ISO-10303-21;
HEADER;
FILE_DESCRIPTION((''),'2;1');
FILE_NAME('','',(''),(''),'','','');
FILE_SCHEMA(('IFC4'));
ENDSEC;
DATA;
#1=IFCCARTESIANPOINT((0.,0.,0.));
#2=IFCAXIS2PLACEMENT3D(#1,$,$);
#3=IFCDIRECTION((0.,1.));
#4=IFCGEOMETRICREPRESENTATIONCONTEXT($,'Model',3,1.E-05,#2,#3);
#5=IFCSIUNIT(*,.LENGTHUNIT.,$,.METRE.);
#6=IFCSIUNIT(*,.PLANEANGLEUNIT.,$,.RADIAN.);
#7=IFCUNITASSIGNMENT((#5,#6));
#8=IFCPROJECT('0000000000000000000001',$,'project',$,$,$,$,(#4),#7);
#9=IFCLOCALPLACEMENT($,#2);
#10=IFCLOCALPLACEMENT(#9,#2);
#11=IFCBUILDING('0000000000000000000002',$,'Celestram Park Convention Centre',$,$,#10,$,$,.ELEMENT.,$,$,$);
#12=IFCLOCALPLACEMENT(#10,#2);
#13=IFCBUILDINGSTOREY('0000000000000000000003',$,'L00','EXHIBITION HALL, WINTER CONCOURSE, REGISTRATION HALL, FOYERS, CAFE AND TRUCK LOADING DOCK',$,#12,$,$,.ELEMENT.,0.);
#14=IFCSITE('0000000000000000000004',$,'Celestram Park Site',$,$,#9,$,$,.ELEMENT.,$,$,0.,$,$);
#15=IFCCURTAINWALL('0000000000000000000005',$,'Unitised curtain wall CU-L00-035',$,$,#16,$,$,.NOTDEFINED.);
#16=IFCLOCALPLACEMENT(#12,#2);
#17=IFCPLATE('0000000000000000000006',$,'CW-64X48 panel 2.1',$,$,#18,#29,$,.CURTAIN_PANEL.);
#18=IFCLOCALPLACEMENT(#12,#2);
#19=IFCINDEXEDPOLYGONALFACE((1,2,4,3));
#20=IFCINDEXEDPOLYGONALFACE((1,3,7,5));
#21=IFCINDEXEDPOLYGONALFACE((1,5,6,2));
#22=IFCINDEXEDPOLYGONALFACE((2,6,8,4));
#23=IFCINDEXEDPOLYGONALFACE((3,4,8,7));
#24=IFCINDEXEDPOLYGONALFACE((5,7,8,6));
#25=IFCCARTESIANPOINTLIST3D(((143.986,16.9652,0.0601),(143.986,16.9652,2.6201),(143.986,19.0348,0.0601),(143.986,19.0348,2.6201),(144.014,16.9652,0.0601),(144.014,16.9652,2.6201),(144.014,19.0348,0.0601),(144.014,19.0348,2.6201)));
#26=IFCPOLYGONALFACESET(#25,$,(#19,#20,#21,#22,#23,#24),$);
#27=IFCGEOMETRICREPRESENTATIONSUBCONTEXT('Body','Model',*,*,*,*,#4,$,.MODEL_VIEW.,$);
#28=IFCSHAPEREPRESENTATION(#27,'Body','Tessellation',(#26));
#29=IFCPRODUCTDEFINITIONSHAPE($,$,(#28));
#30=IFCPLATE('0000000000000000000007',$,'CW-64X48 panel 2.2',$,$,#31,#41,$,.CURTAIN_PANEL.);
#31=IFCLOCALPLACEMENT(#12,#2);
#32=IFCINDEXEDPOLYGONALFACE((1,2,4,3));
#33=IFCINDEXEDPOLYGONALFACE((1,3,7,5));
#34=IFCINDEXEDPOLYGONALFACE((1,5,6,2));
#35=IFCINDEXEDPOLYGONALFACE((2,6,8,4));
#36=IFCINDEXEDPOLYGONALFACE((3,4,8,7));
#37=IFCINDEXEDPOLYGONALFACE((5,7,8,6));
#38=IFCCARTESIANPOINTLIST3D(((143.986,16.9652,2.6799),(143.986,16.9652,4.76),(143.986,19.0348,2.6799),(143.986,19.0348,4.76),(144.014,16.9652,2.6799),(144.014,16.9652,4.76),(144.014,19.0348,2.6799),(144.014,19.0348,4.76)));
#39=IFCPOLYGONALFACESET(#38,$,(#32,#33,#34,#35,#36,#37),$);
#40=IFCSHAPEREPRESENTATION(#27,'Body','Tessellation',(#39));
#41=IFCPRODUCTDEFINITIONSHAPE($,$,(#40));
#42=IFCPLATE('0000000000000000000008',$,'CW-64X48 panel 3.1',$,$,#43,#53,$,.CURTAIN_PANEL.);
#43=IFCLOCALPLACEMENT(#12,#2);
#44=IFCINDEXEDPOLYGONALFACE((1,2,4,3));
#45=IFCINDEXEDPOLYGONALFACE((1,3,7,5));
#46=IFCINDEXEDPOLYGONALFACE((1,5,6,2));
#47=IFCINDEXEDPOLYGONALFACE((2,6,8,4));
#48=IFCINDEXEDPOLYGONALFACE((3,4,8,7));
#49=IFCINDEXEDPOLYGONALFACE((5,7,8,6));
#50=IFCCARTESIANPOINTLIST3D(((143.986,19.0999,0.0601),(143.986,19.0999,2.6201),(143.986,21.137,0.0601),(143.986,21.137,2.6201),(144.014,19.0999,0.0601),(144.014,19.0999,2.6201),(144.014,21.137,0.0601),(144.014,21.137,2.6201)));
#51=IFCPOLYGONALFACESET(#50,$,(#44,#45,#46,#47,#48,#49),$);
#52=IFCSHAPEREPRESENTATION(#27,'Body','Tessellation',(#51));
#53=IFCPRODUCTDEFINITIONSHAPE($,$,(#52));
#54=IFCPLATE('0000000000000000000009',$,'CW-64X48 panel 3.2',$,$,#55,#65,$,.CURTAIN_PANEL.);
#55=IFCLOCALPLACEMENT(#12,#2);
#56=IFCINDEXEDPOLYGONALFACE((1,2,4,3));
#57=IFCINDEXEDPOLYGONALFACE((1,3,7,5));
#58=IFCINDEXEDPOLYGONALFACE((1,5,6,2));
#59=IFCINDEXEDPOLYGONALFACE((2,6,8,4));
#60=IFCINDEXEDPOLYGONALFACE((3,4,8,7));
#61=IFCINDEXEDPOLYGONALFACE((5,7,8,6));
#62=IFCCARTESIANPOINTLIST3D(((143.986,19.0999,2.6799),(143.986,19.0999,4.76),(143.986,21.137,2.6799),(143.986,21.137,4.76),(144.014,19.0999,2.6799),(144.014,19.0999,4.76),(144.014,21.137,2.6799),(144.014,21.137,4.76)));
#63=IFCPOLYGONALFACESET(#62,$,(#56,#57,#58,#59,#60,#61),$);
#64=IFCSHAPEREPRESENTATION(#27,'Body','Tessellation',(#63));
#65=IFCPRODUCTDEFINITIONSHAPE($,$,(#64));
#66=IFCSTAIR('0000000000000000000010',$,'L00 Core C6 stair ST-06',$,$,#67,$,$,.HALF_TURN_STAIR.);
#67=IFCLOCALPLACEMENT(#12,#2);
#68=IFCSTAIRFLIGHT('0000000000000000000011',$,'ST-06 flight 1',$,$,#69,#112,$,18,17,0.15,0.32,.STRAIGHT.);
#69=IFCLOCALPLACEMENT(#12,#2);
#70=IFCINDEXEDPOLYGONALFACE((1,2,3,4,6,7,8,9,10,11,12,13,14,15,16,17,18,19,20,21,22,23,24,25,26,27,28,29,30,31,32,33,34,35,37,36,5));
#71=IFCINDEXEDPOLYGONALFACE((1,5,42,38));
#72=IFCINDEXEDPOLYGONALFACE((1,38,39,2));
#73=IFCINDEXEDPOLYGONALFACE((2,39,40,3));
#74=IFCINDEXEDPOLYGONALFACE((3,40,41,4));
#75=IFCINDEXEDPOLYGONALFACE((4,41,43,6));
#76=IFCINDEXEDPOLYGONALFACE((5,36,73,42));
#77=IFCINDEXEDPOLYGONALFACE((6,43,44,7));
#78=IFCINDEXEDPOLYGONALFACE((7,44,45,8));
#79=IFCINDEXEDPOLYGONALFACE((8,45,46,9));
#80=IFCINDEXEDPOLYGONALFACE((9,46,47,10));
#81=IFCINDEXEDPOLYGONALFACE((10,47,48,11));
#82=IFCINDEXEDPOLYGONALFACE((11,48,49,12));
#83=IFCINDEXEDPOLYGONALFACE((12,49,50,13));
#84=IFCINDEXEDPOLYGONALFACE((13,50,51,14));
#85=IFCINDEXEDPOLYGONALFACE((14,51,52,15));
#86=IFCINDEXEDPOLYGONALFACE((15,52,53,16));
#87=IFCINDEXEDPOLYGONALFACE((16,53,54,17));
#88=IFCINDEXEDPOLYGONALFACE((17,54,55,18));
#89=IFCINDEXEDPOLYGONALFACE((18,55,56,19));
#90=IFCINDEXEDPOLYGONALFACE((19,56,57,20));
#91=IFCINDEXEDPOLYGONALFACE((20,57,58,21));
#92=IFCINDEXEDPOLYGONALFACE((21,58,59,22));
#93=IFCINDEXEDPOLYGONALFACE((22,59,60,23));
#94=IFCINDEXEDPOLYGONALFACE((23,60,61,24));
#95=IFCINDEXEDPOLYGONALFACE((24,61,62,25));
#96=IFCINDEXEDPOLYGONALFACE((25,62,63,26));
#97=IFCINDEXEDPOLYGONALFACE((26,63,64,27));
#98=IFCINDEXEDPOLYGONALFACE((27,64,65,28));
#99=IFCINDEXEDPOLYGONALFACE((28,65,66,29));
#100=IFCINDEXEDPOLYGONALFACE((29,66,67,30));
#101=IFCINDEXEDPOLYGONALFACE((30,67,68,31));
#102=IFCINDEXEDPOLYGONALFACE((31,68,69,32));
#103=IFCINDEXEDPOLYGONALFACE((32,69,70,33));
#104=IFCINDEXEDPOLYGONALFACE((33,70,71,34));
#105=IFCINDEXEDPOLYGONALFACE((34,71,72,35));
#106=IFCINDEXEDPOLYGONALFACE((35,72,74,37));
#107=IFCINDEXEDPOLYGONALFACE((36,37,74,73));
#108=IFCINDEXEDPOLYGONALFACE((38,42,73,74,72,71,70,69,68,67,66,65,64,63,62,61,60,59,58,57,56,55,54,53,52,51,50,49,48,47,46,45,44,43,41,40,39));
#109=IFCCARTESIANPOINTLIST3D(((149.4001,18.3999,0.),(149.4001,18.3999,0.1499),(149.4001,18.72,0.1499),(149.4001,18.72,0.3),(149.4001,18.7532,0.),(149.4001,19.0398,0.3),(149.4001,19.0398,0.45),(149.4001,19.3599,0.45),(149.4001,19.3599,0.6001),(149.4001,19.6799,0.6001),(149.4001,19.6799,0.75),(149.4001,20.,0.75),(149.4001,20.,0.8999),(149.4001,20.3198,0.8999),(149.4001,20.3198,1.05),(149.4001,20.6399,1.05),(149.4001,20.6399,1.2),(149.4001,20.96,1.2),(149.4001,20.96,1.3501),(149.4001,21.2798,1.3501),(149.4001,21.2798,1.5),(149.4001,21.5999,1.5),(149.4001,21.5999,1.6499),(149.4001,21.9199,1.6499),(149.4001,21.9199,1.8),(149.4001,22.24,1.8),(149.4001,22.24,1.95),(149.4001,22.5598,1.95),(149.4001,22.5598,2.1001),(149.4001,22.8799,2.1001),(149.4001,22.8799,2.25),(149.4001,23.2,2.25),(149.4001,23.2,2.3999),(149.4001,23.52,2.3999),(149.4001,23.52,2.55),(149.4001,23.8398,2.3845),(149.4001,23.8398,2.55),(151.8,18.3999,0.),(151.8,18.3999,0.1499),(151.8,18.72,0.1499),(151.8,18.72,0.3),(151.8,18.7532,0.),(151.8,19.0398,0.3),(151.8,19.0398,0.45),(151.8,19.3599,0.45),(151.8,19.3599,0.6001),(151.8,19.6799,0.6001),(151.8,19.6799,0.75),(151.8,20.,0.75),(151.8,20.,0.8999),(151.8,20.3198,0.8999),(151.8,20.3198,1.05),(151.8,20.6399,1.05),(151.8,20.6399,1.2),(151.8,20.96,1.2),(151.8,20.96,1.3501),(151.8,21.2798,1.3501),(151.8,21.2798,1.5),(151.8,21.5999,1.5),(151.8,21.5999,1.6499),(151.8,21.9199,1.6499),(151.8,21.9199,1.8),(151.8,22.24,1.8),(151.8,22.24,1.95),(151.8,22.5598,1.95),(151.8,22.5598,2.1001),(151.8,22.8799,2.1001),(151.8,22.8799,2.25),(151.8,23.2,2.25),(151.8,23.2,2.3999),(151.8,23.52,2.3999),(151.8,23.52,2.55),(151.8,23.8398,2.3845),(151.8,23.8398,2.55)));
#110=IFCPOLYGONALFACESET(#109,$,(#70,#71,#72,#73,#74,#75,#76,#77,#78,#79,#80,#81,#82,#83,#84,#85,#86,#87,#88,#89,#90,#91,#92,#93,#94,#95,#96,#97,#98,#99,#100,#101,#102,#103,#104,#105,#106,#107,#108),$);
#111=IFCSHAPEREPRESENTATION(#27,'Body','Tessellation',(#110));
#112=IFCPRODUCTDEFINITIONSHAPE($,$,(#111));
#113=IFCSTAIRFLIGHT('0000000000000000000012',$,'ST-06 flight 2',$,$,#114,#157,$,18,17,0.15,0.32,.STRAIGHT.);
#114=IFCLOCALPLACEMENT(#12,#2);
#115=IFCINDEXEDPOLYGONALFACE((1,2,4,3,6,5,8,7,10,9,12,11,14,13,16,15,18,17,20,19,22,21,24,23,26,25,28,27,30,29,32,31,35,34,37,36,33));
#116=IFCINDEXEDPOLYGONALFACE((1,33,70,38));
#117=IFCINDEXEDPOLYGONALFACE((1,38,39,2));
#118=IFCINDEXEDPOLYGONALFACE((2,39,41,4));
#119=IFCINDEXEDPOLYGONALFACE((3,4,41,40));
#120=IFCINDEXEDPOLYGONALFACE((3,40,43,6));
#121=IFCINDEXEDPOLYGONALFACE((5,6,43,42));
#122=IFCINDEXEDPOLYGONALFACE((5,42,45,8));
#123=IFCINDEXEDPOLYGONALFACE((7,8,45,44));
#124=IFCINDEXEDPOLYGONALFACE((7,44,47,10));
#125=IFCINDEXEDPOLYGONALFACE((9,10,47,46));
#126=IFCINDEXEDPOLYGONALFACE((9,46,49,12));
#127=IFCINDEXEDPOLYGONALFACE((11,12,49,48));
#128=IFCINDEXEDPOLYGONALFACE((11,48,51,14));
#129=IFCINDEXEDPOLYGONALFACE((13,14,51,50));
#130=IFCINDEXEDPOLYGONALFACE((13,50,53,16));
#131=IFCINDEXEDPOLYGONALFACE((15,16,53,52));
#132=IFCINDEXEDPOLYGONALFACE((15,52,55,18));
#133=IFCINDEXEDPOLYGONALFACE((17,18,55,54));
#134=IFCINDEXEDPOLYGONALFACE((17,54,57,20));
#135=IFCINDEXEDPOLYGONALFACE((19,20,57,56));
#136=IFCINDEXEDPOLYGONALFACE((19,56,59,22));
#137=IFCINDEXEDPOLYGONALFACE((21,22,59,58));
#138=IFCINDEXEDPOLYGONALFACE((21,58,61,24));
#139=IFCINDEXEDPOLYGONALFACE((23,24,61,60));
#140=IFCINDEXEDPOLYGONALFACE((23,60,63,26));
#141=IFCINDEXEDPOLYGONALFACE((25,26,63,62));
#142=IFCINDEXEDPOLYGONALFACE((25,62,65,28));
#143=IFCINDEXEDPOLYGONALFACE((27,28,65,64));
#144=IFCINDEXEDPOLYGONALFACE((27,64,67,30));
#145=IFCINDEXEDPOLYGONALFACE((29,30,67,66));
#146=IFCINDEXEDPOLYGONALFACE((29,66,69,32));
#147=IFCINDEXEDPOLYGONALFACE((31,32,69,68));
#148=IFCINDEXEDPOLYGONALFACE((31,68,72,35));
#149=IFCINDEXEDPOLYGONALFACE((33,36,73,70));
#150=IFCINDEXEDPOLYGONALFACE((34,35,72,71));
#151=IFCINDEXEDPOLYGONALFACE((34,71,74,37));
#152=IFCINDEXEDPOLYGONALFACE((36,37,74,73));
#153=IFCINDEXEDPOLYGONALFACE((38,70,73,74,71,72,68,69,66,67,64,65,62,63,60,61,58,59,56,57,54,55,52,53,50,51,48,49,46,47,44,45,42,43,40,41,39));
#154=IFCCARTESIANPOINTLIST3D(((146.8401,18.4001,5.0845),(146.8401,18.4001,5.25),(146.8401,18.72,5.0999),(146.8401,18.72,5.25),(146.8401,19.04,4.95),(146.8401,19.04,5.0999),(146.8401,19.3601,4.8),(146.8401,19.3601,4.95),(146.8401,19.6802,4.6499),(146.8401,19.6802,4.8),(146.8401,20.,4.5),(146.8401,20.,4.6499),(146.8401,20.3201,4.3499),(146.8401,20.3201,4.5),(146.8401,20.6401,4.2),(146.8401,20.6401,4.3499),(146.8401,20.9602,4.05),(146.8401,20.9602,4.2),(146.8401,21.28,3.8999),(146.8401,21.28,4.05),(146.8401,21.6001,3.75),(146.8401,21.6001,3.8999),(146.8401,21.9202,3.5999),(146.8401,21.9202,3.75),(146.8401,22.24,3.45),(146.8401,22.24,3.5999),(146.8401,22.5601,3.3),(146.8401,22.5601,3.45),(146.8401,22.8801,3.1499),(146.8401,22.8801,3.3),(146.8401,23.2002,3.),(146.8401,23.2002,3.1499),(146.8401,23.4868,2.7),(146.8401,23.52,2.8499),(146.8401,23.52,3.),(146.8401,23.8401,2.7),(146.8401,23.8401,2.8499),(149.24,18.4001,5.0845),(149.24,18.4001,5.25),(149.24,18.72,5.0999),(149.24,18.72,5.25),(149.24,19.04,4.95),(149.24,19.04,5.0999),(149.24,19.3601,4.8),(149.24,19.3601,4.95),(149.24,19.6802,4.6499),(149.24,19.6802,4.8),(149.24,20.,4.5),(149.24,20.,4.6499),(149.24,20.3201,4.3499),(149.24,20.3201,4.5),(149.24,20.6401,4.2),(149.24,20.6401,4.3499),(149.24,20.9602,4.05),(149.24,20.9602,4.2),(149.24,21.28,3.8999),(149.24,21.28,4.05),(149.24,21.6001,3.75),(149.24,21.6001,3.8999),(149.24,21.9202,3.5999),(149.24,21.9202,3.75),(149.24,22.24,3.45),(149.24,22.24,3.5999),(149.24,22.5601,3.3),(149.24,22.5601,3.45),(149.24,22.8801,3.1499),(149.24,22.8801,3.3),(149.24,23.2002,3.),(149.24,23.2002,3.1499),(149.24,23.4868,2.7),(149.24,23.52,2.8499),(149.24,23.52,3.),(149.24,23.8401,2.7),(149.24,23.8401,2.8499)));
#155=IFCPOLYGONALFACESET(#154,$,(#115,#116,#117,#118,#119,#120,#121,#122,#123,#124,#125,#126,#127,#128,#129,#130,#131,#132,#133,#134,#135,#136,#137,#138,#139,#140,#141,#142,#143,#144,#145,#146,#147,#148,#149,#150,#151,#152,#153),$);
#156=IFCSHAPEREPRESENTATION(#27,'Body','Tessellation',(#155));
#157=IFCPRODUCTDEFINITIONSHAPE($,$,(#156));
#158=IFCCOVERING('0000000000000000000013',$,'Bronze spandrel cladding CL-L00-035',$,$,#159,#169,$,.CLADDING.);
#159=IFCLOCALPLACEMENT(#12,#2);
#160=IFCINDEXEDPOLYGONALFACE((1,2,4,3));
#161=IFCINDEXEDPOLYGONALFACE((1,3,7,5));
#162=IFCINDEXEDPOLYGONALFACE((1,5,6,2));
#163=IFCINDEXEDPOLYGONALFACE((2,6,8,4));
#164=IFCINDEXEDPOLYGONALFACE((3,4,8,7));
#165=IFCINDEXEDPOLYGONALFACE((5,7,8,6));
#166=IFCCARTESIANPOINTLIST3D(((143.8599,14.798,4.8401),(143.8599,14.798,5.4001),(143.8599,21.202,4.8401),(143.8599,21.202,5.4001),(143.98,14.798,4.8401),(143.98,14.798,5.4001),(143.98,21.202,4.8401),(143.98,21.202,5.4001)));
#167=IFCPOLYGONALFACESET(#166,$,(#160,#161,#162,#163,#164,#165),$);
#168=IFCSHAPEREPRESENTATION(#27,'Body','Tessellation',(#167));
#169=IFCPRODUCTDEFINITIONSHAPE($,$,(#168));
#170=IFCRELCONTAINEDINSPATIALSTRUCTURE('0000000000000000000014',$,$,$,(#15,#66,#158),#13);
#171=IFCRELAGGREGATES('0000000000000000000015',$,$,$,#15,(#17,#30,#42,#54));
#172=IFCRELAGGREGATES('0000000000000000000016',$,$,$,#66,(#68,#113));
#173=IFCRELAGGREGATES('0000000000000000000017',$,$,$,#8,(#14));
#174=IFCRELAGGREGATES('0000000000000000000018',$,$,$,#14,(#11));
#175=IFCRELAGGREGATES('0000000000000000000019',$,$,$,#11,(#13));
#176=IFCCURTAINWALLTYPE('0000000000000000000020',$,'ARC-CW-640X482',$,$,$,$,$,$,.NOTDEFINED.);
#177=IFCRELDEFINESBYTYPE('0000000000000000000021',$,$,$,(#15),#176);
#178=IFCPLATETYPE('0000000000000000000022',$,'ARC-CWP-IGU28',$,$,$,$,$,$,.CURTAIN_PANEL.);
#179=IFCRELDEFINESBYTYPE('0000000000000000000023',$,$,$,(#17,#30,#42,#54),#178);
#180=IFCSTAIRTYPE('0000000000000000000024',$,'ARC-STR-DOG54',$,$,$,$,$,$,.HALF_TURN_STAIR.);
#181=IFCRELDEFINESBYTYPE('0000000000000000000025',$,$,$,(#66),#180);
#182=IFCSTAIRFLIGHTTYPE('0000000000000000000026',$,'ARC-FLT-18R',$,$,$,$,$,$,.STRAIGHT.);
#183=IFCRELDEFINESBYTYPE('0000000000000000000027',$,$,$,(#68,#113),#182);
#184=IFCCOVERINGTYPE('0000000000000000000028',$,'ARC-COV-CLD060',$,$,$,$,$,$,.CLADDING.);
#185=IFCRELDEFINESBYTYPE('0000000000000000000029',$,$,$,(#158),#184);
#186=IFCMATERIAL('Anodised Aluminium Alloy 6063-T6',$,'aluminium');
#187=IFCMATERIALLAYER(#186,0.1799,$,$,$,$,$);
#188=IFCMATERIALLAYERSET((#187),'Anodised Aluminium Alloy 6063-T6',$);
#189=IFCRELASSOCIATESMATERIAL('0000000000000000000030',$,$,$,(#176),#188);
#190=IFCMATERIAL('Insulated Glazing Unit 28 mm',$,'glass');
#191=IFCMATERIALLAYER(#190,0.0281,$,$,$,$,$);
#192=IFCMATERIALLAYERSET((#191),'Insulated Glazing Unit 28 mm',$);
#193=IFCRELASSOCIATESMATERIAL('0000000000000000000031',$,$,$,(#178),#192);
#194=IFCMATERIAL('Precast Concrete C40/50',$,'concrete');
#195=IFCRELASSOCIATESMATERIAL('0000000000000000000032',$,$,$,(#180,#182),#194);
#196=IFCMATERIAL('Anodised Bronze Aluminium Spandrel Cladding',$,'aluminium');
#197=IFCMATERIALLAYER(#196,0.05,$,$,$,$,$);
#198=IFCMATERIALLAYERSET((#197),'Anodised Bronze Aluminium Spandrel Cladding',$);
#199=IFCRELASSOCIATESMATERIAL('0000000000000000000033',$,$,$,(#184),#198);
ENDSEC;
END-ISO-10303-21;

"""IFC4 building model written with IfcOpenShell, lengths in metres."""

from ifc_helpers import new_model, si_unit, direction, frame, origin, origin_2d, place, context, subcontext, project, spatial, polyline, rectangle, outline, extrude, material, layer, layer_set, type_object, element, aggregate, save


model = new_model("IFC4")

# Units and contexts
model_context = context("Model", 3, precision=1e-05, world=origin(), true_north=direction((0.0, 1.0)))
body_context = subcontext(model_context, "Body", "Model", "MODEL_VIEW")
ifc_project = project(units=[si_unit("LENGTHUNIT", "METRE"), si_unit("PLANEANGLEUNIT", "RADIAN")], contexts=[model_context])

# Site, building, storey
site_placement = place(None, origin())
site = spatial("IfcSite", under=ifc_project, at=site_placement, Name="Celestram Park Site", CompositionType="ELEMENT", RefElevation=0.0)
building_placement = place(site_placement, origin())
building = spatial("IfcBuilding", under=site, at=building_placement, Name="Celestram Park Convention Centre", CompositionType="ELEMENT")
storey_placement = place(building_placement, origin())
storey = spatial("IfcBuildingStorey", under=building, at=storey_placement, Name="L00", Description="EXHIBITION HALL, WINTER CONCOURSE, REGISTRATION HALL, FOYERS, CAFE AND TRUCK LOADING DOCK", CompositionType="ELEMENT", Elevation=0.0)

# Curtain wall
ifc_material_1 = material(Name="Anodised Aluminium Alloy 6063-T6", Category="aluminium")
ifc_layer_1 = layer(ifc_material_1, 0.1799)
ifc_layer_set_1 = layer_set([ifc_layer_1], Name="Anodised Aluminium Alloy 6063-T6")
curtain_wall_type = type_object("IfcCurtainWallType", Name="ARC-CW-640X482", PredefinedType="NOTDEFINED", material=ifc_layer_set_1)
curtain_wall_placement = place(storey_placement, origin())
curtain_wall = element("IfcCurtainWall", 1, at=curtain_wall_placement, inside=storey, type_object=curtain_wall_type, Name="Unitised curtain wall CU-L00-035", PredefinedType="NOTDEFINED")

# Plates
ifc_material_2 = material(Name="Insulated Glazing Unit 28 mm", Category="glass")
ifc_layer_2 = layer(ifc_material_2, 0.0281)
ifc_layer_set_2 = layer_set([ifc_layer_2], Name="Insulated Glazing Unit 28 mm")
plate_type = type_object("IfcPlateType", Name="ARC-CWP-IGU28", PredefinedType="CURTAIN_PANEL", material=ifc_layer_set_2)
plate_1_placement = place(storey_placement, frame((144.0, 18.0, 0.0601), z_axis=(0.0, 0.0, 1.0), x_axis=(0.0, 1.0, 0.0)))
plate_1 = element("IfcPlate", 2, at=plate_1_placement, type_object=plate_type, Name="CW-64X48 panel 2.1", PredefinedType="CURTAIN_PANEL", context=body_context, shape_type="SweptSolid", body=[
    extrude(rectangle(XDim=2.0696, YDim=0.0281, at=origin_2d()), origin(), (0.0, 0.0, 1.0), 2.5601),
])
plate_2_placement = place(storey_placement, frame((144.0, 18.0, 2.6799), z_axis=(0.0, 0.0, 1.0), x_axis=(0.0, 1.0, 0.0)))
plate_2 = element("IfcPlate", 3, at=plate_2_placement, type_object=plate_type, Name="CW-64X48 panel 2.2", PredefinedType="CURTAIN_PANEL", context=body_context, shape_type="SweptSolid", body=[
    extrude(rectangle(XDim=2.0696, YDim=0.0281, at=origin_2d()), origin(), (0.0, 0.0, 1.0), 2.0801),
])
plate_3_placement = place(storey_placement, frame((144.0, 20.1184, 0.0601), z_axis=(0.0, 0.0, 1.0), x_axis=(0.0, 1.0, 0.0)))
plate_3 = element("IfcPlate", 4, at=plate_3_placement, type_object=plate_type, Name="CW-64X48 panel 3.1", PredefinedType="CURTAIN_PANEL", context=body_context, shape_type="SweptSolid", body=[
    extrude(rectangle(XDim=2.0371, YDim=0.0281, at=origin_2d()), origin(), (0.0, 0.0, 1.0), 2.5601),
])
plate_4_placement = place(storey_placement, frame((144.0, 20.1184, 2.6799), z_axis=(0.0, 0.0, 1.0), x_axis=(0.0, 1.0, 0.0)))
plate_4 = element("IfcPlate", 5, at=plate_4_placement, type_object=plate_type, Name="CW-64X48 panel 3.2", PredefinedType="CURTAIN_PANEL", context=body_context, shape_type="SweptSolid", body=[
    extrude(rectangle(XDim=2.0371, YDim=0.0281, at=origin_2d()), origin(), (0.0, 0.0, 1.0), 2.0801),
])
aggregate(curtain_wall, [plate_1, plate_2, plate_3, plate_4])

# Stair, stair flights
ifc_material_3 = material(Name="Precast Concrete C40/50", Category="concrete")
stair_type = type_object("IfcStairType", Name="ARC-STR-DOG54", PredefinedType="HALF_TURN_STAIR", material=ifc_material_3)
stair_placement = place(storey_placement, origin())
stair = element("IfcStair", 6, at=stair_placement, inside=storey, type_object=stair_type, Name="L00 Core C6 stair ST-06", PredefinedType="HALF_TURN_STAIR")
stair_flight_type = type_object("IfcStairFlightType", Name="ARC-FLT-18R", PredefinedType="STRAIGHT", material=ifc_material_3)
stair_flight_1_placement = place(storey_placement, frame((150.6001, 18.3999, 0.0), z_axis=(0.0, 0.0, 1.0), x_axis=(0.0, 1.0, 0.0)))
stair_flight_1 = element("IfcStairFlight", 7, at=stair_flight_1_placement, type_object=stair_flight_type, Name="ST-06 flight 1", NumberOfRisers=18, NumberOfTreads=17, PredefinedType="STRAIGHT", RiserHeight=0.15, TreadLength=0.32, context=body_context, shape_type="SweptSolid", body=[
    extrude(outline(polyline([(0.0, 0.0), (0.0, 0.1499), (0.3201, 0.1499), (0.3201, 0.3), (0.6399, 0.3), (0.6399, 0.45), (0.96, 0.45), (0.96, 0.6001), (1.28, 0.6001), (1.28, 0.75), (1.6001, 0.75), (1.6001, 0.8999), (1.9199, 0.8999), (1.9199, 1.05), (2.24, 1.05), (2.24, 1.2), (2.5601, 1.2), (2.5601, 1.3501), (2.8799, 1.3501), (2.8799, 1.5), (3.2, 1.5), (3.2, 1.6499), (3.52, 1.6499), (3.52, 1.8), (3.8401, 1.8), (3.8401, 1.95), (4.1599, 1.95), (4.1599, 2.1001), (4.48, 2.1001), (4.48, 2.25), (4.8, 2.25), (4.8, 2.3999), (5.1201, 2.3999), (5.1201, 2.55), (5.4399, 2.55), (5.4399, 2.7), (5.4399, 2.3845), (0.3533, 0.0), (0.0, 0.0)])), frame((0.0, 1.2, 0.0), z_axis=(0.0, -1.0, 0.0), x_axis=(1.0, 0.0, 0.0)), (0.0, 0.0, 1.0), 2.3999),
])
stair_flight_2_placement = place(storey_placement, frame((148.04, 23.8401, 2.7), z_axis=(0.0, 0.0, 1.0), x_axis=(0.0, -1.0, 0.0)))
stair_flight_2 = element("IfcStairFlight", 8, at=stair_flight_2_placement, type_object=stair_flight_type, Name="ST-06 flight 2", NumberOfRisers=18, NumberOfTreads=17, PredefinedType="STRAIGHT", RiserHeight=0.15, TreadLength=0.32, context=body_context, shape_type="SweptSolid", body=[
    extrude(outline(polyline([(0.0, 0.0), (0.0, 0.1499), (0.3201, 0.1499), (0.3201, 0.3), (0.6399, 0.3), (0.6399, 0.45), (0.96, 0.45), (0.96, 0.6001), (1.28, 0.6001), (1.28, 0.75), (1.6001, 0.75), (1.6001, 0.8999), (1.9199, 0.8999), (1.9199, 1.05), (2.24, 1.05), (2.24, 1.2), (2.5601, 1.2), (2.5601, 1.3501), (2.8799, 1.3501), (2.8799, 1.5), (3.2, 1.5), (3.2, 1.6499), (3.52, 1.6499), (3.52, 1.8), (3.8401, 1.8), (3.8401, 1.95), (4.1599, 1.95), (4.1599, 2.1001), (4.48, 2.1001), (4.48, 2.25), (4.8, 2.25), (4.8, 2.3999), (5.1201, 2.3999), (5.1201, 2.55), (5.4399, 2.55), (5.4399, 2.7), (5.4399, 2.3845), (0.3533, 0.0), (0.0, 0.0)])), frame((0.0, 1.2, 0.0), z_axis=(0.0, -1.0, 0.0), x_axis=(1.0, 0.0, 0.0)), (0.0, 0.0, 1.0), 2.3999),
])
aggregate(stair, [stair_flight_1, stair_flight_2])

# Covering
ifc_material_4 = material(Name="Anodised Bronze Aluminium Spandrel Cladding", Category="aluminium")
ifc_layer_3 = layer(ifc_material_4, 0.05)
ifc_layer_set_3 = layer_set([ifc_layer_3], Name="Anodised Bronze Aluminium Spandrel Cladding")
covering_type = type_object("IfcCoveringType", Name="ARC-COV-CLD060", PredefinedType="CLADDING", material=ifc_layer_set_3)
covering_placement = place(storey_placement, frame((143.9199, 18.0, 4.8401), z_axis=(0.0, 0.0, 1.0), x_axis=(0.0, 1.0, 0.0)))
element("IfcCovering", 9, at=covering_placement, inside=storey, type_object=covering_type, Name="Bronze spandrel cladding CL-L00-035", PredefinedType="CLADDING", context=body_context, shape_type="SweptSolid", body=[
    extrude(rectangle(XDim=6.4041, YDim=0.1201, at=origin_2d()), origin(), (0.0, 0.0, 1.0), 0.5601),
])

save(model, "model.ifc")
